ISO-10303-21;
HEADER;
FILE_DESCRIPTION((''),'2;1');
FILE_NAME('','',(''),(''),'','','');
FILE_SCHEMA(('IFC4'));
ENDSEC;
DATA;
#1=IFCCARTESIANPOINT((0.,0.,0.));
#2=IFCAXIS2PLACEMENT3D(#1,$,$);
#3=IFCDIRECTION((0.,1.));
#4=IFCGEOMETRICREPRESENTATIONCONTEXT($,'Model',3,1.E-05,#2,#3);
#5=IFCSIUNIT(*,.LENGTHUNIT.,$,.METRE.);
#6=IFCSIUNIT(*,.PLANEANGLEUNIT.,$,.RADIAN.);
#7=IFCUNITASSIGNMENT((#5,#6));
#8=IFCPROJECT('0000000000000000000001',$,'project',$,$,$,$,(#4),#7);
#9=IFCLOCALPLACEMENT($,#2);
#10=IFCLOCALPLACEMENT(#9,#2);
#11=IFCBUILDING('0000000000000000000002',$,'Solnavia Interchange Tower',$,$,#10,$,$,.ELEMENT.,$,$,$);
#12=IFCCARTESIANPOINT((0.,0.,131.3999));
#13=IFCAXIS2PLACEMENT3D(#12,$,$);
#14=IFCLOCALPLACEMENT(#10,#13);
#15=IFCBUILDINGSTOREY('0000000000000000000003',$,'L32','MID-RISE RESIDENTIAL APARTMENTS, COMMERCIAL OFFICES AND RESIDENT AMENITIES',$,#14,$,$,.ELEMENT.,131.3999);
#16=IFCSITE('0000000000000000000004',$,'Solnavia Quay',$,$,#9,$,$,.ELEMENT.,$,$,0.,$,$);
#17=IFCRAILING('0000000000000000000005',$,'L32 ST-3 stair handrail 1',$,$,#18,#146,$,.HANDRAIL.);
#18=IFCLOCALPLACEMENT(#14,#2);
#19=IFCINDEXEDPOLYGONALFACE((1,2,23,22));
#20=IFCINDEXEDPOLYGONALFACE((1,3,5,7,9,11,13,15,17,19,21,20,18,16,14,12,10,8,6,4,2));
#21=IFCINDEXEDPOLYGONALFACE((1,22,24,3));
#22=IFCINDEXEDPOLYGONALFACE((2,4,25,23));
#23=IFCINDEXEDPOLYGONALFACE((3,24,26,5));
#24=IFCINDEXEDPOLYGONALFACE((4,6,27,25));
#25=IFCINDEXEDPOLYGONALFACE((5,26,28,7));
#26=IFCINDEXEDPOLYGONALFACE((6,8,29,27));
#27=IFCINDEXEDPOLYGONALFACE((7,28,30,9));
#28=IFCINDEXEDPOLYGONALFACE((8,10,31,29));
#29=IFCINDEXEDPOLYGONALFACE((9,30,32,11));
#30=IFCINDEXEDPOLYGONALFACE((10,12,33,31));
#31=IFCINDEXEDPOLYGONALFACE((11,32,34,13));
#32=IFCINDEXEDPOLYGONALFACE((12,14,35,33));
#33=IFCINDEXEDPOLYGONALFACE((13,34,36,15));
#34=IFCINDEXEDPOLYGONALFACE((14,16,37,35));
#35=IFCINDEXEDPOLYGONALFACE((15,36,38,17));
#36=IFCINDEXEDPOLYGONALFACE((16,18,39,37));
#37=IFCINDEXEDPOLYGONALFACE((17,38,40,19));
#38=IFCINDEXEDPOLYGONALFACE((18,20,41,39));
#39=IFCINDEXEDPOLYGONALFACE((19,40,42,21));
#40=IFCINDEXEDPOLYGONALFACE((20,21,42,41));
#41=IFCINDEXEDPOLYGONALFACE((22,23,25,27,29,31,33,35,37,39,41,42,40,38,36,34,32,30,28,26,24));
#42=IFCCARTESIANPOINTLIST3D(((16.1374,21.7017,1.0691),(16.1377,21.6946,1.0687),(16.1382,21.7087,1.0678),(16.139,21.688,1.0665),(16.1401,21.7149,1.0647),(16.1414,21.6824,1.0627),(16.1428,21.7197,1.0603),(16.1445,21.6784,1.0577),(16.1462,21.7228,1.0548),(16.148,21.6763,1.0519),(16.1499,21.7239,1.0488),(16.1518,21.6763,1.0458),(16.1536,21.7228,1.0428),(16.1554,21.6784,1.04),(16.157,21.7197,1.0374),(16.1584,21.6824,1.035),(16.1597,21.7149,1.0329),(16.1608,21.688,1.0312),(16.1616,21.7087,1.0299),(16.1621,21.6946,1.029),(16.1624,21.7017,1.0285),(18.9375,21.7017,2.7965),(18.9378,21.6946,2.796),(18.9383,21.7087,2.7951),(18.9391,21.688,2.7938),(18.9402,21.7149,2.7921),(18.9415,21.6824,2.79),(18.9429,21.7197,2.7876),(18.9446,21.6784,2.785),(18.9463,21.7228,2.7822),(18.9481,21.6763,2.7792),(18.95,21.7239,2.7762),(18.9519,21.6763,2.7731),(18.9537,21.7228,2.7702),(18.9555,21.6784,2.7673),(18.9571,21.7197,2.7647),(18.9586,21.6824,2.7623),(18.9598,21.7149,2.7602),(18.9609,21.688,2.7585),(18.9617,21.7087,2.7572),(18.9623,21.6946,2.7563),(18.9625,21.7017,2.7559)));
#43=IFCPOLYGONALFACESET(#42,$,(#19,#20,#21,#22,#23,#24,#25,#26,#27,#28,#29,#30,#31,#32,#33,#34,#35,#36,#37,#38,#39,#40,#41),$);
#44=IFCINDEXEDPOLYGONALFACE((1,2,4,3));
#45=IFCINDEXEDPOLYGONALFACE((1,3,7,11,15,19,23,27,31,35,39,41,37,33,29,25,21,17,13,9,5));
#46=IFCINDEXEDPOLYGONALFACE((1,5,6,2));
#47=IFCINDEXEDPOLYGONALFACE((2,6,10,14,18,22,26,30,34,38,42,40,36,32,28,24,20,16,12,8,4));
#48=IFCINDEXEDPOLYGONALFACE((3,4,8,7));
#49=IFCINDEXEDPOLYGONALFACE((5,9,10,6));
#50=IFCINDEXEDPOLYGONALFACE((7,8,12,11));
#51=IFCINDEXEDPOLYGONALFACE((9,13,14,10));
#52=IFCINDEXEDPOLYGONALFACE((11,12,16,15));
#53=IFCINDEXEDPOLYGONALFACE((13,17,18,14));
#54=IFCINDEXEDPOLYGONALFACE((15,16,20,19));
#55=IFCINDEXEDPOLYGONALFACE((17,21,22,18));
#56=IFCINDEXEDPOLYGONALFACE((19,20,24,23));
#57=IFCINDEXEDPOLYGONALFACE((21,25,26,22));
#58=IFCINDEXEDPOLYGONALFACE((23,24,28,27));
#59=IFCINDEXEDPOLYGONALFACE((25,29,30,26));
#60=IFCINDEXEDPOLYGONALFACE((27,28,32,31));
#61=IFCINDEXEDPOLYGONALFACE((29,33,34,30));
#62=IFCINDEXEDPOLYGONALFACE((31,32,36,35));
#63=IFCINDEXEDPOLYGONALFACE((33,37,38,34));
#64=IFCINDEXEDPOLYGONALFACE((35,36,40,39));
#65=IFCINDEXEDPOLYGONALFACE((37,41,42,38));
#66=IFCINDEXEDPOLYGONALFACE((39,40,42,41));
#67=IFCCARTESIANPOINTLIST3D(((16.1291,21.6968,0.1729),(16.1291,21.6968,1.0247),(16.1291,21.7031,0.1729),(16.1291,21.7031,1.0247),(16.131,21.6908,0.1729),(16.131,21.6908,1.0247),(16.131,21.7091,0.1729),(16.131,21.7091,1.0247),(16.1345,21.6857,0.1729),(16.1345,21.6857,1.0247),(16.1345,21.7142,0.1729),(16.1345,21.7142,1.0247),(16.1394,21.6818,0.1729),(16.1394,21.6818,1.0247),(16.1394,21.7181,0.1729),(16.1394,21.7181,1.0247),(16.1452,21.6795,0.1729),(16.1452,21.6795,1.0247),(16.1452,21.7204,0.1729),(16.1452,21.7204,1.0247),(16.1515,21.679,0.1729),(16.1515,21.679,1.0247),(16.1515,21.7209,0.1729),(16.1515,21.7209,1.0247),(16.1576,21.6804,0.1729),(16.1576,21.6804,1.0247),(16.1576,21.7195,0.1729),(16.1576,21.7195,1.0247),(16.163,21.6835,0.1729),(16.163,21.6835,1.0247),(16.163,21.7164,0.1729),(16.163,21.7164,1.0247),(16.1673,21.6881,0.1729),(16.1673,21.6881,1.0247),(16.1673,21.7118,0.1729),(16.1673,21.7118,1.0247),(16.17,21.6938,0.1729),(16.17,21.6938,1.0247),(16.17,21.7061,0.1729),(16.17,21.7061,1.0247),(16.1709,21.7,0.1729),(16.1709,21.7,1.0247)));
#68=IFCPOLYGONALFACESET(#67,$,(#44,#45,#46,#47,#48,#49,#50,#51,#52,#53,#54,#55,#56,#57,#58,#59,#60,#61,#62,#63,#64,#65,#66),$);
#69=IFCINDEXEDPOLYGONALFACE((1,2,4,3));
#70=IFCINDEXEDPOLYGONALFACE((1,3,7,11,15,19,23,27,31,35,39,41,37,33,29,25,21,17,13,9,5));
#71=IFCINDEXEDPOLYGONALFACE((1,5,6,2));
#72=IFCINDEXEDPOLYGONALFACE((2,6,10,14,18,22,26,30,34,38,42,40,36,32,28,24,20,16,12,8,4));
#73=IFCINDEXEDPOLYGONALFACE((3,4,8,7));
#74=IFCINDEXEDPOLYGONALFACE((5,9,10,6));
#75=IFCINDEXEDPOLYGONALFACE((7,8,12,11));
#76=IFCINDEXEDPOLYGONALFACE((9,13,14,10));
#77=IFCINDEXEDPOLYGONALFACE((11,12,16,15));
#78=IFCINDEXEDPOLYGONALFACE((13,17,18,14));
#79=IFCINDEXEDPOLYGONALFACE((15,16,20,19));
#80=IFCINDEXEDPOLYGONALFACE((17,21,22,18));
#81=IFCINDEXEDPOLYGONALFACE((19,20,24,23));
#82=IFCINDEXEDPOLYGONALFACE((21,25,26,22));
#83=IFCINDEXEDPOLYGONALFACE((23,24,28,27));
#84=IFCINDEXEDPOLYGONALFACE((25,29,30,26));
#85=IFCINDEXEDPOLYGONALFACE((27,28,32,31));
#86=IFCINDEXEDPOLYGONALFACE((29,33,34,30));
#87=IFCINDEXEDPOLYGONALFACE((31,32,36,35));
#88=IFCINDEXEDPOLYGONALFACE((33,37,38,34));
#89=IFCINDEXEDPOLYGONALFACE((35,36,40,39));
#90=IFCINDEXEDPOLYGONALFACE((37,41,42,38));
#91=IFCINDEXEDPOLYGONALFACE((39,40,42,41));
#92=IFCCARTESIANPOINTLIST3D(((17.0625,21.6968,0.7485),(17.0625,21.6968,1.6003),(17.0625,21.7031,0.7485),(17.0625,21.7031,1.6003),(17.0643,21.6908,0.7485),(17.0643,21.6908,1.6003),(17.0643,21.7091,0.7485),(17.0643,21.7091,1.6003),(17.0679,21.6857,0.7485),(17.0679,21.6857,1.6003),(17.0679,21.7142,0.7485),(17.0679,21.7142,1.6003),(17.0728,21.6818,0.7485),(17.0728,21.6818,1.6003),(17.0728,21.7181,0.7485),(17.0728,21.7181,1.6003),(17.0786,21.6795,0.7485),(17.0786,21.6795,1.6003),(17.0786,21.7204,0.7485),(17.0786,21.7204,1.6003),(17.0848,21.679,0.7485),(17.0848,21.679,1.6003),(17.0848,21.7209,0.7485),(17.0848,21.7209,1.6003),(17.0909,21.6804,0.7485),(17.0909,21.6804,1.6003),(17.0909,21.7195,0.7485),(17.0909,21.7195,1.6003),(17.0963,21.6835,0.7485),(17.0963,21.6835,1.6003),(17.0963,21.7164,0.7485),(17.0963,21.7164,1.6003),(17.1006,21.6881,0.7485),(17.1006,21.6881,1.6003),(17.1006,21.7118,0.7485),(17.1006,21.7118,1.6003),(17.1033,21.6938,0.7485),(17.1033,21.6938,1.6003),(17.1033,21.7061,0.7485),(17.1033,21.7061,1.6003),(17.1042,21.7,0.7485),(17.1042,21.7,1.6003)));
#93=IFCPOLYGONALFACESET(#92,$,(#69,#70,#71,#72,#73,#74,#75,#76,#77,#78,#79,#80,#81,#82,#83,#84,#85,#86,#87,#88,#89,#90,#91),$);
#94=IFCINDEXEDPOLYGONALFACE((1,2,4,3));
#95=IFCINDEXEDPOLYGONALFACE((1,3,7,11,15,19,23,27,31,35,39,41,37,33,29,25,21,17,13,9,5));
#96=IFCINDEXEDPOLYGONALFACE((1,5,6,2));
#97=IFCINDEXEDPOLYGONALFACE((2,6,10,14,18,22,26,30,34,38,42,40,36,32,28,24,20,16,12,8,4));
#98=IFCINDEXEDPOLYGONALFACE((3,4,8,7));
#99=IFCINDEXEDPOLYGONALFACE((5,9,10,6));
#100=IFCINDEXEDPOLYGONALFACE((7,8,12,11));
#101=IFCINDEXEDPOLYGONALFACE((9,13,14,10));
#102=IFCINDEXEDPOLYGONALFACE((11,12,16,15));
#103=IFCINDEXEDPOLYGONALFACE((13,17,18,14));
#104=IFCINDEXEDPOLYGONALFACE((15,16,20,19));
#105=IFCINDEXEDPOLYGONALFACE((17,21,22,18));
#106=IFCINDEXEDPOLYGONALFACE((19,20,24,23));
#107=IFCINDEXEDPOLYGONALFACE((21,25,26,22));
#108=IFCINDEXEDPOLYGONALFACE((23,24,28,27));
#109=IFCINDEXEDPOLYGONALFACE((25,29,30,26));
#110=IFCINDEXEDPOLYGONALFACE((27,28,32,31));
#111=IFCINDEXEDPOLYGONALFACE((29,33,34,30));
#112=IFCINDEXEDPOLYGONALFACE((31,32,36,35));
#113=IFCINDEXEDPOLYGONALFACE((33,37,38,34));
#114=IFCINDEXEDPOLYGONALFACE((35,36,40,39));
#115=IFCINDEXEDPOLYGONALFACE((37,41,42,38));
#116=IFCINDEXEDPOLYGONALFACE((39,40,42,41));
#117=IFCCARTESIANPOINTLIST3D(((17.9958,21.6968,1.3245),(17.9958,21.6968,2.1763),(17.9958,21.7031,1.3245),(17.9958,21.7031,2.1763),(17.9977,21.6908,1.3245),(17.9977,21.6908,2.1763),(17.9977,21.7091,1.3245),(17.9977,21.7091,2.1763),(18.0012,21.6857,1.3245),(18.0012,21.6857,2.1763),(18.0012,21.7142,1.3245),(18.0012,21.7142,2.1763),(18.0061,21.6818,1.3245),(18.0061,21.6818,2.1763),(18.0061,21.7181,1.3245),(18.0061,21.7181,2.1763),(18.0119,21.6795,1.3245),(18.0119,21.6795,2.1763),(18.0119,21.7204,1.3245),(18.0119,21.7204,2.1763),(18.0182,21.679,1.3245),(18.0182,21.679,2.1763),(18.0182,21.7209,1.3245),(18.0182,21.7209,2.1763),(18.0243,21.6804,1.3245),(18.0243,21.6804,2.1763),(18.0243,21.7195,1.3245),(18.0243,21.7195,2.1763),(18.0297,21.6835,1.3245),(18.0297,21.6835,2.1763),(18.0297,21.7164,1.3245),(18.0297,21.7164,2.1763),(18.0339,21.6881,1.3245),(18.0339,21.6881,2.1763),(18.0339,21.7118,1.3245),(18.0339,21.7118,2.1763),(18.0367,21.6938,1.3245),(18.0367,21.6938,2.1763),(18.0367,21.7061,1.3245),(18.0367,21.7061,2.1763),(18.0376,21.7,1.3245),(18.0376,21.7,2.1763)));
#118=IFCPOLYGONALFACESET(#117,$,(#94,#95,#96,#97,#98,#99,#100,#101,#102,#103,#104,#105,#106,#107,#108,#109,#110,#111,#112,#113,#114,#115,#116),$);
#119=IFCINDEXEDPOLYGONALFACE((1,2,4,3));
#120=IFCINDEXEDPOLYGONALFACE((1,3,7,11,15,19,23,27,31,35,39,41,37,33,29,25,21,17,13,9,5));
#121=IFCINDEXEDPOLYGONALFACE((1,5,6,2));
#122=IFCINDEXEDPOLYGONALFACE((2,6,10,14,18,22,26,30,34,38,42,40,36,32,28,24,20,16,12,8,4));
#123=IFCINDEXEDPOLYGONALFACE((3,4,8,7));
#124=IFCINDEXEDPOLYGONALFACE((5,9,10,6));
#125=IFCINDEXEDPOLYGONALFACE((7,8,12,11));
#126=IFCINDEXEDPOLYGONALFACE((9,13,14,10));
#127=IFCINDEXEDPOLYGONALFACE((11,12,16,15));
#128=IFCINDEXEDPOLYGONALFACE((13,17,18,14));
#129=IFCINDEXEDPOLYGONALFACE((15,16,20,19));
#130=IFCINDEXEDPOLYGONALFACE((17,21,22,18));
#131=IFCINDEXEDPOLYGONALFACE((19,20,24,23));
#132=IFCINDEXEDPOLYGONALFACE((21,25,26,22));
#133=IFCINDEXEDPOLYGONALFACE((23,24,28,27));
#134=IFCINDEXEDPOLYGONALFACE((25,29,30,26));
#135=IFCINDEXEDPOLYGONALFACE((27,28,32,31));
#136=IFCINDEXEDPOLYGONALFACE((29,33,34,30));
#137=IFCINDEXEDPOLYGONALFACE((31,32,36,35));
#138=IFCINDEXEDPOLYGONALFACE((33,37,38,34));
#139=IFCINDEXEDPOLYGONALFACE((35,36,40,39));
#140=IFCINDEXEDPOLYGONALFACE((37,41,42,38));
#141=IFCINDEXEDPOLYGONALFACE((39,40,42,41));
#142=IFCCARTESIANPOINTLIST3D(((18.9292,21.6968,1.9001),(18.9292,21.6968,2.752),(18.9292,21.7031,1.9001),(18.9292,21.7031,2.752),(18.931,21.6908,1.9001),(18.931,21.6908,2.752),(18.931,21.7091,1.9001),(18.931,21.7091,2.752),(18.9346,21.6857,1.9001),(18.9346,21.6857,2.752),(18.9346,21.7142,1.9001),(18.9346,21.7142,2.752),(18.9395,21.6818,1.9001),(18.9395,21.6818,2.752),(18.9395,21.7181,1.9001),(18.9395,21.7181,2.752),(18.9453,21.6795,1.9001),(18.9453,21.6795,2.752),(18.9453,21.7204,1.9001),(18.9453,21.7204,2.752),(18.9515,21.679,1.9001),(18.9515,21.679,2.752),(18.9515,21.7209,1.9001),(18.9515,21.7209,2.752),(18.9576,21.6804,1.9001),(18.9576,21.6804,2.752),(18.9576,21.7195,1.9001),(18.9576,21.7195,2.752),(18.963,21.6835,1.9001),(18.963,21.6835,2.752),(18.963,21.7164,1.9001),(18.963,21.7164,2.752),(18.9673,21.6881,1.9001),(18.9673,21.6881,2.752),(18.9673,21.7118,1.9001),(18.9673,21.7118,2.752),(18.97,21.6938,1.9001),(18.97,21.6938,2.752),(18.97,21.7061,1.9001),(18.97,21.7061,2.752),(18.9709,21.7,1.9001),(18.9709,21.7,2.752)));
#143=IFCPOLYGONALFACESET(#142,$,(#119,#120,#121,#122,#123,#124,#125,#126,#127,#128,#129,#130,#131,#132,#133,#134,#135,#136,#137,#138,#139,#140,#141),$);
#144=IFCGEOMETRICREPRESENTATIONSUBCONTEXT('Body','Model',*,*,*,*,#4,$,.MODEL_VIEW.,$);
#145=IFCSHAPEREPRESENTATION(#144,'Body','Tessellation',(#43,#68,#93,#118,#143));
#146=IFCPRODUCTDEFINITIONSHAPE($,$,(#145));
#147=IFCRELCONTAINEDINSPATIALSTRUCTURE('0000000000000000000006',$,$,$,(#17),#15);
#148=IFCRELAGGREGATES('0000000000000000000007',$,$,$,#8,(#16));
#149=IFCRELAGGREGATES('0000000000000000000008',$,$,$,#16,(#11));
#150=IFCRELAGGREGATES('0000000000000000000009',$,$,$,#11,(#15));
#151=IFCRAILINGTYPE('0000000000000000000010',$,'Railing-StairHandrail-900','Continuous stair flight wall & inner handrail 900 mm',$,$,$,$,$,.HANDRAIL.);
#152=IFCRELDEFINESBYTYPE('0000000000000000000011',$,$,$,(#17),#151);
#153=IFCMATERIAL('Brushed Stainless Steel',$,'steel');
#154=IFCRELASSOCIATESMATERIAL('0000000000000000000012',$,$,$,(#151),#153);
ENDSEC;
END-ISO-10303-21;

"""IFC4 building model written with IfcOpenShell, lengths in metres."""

from ifc_helpers import new_model, si_unit, direction, frame, origin, origin_2d, place, context, subcontext, project, spatial, circle, extrude, material, type_object, element, save


model = new_model("IFC4")

# Units and contexts
model_context = context("Model", 3, precision=1e-05, world=origin(), true_north=direction((0.0, 1.0)))
body_context = subcontext(model_context, "Body", "Model", "MODEL_VIEW")
ifc_project = project(units=[si_unit("LENGTHUNIT", "METRE"), si_unit("PLANEANGLEUNIT", "RADIAN")], contexts=[model_context])

# Site, building, storey
site_placement = place(None, origin())
site = spatial("IfcSite", under=ifc_project, at=site_placement, Name="Solnavia Quay", CompositionType="ELEMENT", RefElevation=0.0)
building_placement = place(site_placement, origin())
building = spatial("IfcBuilding", under=site, at=building_placement, Name="Solnavia Interchange Tower", CompositionType="ELEMENT")
storey_placement = place(building_placement, frame((0.0, 0.0, 131.3999)))
storey = spatial("IfcBuildingStorey", under=building, at=storey_placement, Name="L32", Description="MID-RISE RESIDENTIAL APARTMENTS, COMMERCIAL OFFICES AND RESIDENT AMENITIES", CompositionType="ELEMENT", Elevation=131.3999)

# Railing
ifc_material_1 = material(Name="Brushed Stainless Steel", Category="steel")
railing_type_1 = type_object("IfcRailingType", Name="Railing-StairHandrail-900", Description="Continuous stair flight wall & inner handrail 900 mm", PredefinedType="HANDRAIL", material=ifc_material_1)
railing_1_placement = place(storey_placement, frame((16.1499, 21.7, 0.1729)))
element("IfcRailing", 1, at=railing_1_placement, inside=storey, type_object=railing_type_1, Name="L32 ST-3 stair handrail 1", PredefinedType="HANDRAIL", context=body_context, shape_type="SweptSolid", body=[
    extrude(circle(Radius=0.0239, at=origin_2d()), frame((0.0, 0.0, 0.876), z_axis=(0.85109, 0.0, 0.52502), x_axis=(0.0, 1.0, 0.0)), (0.0, 0.0, 1.0), 3.29),
    extrude(circle(Radius=0.021, at=origin_2d()), origin(), (0.0, 0.0, 1.0), 0.8518),
    extrude(circle(Radius=0.021, at=origin_2d()), frame((0.9333, 0.0, 0.5757)), (0.0, 0.0, 1.0), 0.8518),
    extrude(circle(Radius=0.021, at=origin_2d()), frame((1.8667, 0.0, 1.1516)), (0.0, 0.0, 1.0), 0.8518),
    extrude(circle(Radius=0.021, at=origin_2d()), frame((2.8, 0.0, 1.7273)), (0.0, 0.0, 1.0), 0.8518),
])

save(model, "model.ifc")
